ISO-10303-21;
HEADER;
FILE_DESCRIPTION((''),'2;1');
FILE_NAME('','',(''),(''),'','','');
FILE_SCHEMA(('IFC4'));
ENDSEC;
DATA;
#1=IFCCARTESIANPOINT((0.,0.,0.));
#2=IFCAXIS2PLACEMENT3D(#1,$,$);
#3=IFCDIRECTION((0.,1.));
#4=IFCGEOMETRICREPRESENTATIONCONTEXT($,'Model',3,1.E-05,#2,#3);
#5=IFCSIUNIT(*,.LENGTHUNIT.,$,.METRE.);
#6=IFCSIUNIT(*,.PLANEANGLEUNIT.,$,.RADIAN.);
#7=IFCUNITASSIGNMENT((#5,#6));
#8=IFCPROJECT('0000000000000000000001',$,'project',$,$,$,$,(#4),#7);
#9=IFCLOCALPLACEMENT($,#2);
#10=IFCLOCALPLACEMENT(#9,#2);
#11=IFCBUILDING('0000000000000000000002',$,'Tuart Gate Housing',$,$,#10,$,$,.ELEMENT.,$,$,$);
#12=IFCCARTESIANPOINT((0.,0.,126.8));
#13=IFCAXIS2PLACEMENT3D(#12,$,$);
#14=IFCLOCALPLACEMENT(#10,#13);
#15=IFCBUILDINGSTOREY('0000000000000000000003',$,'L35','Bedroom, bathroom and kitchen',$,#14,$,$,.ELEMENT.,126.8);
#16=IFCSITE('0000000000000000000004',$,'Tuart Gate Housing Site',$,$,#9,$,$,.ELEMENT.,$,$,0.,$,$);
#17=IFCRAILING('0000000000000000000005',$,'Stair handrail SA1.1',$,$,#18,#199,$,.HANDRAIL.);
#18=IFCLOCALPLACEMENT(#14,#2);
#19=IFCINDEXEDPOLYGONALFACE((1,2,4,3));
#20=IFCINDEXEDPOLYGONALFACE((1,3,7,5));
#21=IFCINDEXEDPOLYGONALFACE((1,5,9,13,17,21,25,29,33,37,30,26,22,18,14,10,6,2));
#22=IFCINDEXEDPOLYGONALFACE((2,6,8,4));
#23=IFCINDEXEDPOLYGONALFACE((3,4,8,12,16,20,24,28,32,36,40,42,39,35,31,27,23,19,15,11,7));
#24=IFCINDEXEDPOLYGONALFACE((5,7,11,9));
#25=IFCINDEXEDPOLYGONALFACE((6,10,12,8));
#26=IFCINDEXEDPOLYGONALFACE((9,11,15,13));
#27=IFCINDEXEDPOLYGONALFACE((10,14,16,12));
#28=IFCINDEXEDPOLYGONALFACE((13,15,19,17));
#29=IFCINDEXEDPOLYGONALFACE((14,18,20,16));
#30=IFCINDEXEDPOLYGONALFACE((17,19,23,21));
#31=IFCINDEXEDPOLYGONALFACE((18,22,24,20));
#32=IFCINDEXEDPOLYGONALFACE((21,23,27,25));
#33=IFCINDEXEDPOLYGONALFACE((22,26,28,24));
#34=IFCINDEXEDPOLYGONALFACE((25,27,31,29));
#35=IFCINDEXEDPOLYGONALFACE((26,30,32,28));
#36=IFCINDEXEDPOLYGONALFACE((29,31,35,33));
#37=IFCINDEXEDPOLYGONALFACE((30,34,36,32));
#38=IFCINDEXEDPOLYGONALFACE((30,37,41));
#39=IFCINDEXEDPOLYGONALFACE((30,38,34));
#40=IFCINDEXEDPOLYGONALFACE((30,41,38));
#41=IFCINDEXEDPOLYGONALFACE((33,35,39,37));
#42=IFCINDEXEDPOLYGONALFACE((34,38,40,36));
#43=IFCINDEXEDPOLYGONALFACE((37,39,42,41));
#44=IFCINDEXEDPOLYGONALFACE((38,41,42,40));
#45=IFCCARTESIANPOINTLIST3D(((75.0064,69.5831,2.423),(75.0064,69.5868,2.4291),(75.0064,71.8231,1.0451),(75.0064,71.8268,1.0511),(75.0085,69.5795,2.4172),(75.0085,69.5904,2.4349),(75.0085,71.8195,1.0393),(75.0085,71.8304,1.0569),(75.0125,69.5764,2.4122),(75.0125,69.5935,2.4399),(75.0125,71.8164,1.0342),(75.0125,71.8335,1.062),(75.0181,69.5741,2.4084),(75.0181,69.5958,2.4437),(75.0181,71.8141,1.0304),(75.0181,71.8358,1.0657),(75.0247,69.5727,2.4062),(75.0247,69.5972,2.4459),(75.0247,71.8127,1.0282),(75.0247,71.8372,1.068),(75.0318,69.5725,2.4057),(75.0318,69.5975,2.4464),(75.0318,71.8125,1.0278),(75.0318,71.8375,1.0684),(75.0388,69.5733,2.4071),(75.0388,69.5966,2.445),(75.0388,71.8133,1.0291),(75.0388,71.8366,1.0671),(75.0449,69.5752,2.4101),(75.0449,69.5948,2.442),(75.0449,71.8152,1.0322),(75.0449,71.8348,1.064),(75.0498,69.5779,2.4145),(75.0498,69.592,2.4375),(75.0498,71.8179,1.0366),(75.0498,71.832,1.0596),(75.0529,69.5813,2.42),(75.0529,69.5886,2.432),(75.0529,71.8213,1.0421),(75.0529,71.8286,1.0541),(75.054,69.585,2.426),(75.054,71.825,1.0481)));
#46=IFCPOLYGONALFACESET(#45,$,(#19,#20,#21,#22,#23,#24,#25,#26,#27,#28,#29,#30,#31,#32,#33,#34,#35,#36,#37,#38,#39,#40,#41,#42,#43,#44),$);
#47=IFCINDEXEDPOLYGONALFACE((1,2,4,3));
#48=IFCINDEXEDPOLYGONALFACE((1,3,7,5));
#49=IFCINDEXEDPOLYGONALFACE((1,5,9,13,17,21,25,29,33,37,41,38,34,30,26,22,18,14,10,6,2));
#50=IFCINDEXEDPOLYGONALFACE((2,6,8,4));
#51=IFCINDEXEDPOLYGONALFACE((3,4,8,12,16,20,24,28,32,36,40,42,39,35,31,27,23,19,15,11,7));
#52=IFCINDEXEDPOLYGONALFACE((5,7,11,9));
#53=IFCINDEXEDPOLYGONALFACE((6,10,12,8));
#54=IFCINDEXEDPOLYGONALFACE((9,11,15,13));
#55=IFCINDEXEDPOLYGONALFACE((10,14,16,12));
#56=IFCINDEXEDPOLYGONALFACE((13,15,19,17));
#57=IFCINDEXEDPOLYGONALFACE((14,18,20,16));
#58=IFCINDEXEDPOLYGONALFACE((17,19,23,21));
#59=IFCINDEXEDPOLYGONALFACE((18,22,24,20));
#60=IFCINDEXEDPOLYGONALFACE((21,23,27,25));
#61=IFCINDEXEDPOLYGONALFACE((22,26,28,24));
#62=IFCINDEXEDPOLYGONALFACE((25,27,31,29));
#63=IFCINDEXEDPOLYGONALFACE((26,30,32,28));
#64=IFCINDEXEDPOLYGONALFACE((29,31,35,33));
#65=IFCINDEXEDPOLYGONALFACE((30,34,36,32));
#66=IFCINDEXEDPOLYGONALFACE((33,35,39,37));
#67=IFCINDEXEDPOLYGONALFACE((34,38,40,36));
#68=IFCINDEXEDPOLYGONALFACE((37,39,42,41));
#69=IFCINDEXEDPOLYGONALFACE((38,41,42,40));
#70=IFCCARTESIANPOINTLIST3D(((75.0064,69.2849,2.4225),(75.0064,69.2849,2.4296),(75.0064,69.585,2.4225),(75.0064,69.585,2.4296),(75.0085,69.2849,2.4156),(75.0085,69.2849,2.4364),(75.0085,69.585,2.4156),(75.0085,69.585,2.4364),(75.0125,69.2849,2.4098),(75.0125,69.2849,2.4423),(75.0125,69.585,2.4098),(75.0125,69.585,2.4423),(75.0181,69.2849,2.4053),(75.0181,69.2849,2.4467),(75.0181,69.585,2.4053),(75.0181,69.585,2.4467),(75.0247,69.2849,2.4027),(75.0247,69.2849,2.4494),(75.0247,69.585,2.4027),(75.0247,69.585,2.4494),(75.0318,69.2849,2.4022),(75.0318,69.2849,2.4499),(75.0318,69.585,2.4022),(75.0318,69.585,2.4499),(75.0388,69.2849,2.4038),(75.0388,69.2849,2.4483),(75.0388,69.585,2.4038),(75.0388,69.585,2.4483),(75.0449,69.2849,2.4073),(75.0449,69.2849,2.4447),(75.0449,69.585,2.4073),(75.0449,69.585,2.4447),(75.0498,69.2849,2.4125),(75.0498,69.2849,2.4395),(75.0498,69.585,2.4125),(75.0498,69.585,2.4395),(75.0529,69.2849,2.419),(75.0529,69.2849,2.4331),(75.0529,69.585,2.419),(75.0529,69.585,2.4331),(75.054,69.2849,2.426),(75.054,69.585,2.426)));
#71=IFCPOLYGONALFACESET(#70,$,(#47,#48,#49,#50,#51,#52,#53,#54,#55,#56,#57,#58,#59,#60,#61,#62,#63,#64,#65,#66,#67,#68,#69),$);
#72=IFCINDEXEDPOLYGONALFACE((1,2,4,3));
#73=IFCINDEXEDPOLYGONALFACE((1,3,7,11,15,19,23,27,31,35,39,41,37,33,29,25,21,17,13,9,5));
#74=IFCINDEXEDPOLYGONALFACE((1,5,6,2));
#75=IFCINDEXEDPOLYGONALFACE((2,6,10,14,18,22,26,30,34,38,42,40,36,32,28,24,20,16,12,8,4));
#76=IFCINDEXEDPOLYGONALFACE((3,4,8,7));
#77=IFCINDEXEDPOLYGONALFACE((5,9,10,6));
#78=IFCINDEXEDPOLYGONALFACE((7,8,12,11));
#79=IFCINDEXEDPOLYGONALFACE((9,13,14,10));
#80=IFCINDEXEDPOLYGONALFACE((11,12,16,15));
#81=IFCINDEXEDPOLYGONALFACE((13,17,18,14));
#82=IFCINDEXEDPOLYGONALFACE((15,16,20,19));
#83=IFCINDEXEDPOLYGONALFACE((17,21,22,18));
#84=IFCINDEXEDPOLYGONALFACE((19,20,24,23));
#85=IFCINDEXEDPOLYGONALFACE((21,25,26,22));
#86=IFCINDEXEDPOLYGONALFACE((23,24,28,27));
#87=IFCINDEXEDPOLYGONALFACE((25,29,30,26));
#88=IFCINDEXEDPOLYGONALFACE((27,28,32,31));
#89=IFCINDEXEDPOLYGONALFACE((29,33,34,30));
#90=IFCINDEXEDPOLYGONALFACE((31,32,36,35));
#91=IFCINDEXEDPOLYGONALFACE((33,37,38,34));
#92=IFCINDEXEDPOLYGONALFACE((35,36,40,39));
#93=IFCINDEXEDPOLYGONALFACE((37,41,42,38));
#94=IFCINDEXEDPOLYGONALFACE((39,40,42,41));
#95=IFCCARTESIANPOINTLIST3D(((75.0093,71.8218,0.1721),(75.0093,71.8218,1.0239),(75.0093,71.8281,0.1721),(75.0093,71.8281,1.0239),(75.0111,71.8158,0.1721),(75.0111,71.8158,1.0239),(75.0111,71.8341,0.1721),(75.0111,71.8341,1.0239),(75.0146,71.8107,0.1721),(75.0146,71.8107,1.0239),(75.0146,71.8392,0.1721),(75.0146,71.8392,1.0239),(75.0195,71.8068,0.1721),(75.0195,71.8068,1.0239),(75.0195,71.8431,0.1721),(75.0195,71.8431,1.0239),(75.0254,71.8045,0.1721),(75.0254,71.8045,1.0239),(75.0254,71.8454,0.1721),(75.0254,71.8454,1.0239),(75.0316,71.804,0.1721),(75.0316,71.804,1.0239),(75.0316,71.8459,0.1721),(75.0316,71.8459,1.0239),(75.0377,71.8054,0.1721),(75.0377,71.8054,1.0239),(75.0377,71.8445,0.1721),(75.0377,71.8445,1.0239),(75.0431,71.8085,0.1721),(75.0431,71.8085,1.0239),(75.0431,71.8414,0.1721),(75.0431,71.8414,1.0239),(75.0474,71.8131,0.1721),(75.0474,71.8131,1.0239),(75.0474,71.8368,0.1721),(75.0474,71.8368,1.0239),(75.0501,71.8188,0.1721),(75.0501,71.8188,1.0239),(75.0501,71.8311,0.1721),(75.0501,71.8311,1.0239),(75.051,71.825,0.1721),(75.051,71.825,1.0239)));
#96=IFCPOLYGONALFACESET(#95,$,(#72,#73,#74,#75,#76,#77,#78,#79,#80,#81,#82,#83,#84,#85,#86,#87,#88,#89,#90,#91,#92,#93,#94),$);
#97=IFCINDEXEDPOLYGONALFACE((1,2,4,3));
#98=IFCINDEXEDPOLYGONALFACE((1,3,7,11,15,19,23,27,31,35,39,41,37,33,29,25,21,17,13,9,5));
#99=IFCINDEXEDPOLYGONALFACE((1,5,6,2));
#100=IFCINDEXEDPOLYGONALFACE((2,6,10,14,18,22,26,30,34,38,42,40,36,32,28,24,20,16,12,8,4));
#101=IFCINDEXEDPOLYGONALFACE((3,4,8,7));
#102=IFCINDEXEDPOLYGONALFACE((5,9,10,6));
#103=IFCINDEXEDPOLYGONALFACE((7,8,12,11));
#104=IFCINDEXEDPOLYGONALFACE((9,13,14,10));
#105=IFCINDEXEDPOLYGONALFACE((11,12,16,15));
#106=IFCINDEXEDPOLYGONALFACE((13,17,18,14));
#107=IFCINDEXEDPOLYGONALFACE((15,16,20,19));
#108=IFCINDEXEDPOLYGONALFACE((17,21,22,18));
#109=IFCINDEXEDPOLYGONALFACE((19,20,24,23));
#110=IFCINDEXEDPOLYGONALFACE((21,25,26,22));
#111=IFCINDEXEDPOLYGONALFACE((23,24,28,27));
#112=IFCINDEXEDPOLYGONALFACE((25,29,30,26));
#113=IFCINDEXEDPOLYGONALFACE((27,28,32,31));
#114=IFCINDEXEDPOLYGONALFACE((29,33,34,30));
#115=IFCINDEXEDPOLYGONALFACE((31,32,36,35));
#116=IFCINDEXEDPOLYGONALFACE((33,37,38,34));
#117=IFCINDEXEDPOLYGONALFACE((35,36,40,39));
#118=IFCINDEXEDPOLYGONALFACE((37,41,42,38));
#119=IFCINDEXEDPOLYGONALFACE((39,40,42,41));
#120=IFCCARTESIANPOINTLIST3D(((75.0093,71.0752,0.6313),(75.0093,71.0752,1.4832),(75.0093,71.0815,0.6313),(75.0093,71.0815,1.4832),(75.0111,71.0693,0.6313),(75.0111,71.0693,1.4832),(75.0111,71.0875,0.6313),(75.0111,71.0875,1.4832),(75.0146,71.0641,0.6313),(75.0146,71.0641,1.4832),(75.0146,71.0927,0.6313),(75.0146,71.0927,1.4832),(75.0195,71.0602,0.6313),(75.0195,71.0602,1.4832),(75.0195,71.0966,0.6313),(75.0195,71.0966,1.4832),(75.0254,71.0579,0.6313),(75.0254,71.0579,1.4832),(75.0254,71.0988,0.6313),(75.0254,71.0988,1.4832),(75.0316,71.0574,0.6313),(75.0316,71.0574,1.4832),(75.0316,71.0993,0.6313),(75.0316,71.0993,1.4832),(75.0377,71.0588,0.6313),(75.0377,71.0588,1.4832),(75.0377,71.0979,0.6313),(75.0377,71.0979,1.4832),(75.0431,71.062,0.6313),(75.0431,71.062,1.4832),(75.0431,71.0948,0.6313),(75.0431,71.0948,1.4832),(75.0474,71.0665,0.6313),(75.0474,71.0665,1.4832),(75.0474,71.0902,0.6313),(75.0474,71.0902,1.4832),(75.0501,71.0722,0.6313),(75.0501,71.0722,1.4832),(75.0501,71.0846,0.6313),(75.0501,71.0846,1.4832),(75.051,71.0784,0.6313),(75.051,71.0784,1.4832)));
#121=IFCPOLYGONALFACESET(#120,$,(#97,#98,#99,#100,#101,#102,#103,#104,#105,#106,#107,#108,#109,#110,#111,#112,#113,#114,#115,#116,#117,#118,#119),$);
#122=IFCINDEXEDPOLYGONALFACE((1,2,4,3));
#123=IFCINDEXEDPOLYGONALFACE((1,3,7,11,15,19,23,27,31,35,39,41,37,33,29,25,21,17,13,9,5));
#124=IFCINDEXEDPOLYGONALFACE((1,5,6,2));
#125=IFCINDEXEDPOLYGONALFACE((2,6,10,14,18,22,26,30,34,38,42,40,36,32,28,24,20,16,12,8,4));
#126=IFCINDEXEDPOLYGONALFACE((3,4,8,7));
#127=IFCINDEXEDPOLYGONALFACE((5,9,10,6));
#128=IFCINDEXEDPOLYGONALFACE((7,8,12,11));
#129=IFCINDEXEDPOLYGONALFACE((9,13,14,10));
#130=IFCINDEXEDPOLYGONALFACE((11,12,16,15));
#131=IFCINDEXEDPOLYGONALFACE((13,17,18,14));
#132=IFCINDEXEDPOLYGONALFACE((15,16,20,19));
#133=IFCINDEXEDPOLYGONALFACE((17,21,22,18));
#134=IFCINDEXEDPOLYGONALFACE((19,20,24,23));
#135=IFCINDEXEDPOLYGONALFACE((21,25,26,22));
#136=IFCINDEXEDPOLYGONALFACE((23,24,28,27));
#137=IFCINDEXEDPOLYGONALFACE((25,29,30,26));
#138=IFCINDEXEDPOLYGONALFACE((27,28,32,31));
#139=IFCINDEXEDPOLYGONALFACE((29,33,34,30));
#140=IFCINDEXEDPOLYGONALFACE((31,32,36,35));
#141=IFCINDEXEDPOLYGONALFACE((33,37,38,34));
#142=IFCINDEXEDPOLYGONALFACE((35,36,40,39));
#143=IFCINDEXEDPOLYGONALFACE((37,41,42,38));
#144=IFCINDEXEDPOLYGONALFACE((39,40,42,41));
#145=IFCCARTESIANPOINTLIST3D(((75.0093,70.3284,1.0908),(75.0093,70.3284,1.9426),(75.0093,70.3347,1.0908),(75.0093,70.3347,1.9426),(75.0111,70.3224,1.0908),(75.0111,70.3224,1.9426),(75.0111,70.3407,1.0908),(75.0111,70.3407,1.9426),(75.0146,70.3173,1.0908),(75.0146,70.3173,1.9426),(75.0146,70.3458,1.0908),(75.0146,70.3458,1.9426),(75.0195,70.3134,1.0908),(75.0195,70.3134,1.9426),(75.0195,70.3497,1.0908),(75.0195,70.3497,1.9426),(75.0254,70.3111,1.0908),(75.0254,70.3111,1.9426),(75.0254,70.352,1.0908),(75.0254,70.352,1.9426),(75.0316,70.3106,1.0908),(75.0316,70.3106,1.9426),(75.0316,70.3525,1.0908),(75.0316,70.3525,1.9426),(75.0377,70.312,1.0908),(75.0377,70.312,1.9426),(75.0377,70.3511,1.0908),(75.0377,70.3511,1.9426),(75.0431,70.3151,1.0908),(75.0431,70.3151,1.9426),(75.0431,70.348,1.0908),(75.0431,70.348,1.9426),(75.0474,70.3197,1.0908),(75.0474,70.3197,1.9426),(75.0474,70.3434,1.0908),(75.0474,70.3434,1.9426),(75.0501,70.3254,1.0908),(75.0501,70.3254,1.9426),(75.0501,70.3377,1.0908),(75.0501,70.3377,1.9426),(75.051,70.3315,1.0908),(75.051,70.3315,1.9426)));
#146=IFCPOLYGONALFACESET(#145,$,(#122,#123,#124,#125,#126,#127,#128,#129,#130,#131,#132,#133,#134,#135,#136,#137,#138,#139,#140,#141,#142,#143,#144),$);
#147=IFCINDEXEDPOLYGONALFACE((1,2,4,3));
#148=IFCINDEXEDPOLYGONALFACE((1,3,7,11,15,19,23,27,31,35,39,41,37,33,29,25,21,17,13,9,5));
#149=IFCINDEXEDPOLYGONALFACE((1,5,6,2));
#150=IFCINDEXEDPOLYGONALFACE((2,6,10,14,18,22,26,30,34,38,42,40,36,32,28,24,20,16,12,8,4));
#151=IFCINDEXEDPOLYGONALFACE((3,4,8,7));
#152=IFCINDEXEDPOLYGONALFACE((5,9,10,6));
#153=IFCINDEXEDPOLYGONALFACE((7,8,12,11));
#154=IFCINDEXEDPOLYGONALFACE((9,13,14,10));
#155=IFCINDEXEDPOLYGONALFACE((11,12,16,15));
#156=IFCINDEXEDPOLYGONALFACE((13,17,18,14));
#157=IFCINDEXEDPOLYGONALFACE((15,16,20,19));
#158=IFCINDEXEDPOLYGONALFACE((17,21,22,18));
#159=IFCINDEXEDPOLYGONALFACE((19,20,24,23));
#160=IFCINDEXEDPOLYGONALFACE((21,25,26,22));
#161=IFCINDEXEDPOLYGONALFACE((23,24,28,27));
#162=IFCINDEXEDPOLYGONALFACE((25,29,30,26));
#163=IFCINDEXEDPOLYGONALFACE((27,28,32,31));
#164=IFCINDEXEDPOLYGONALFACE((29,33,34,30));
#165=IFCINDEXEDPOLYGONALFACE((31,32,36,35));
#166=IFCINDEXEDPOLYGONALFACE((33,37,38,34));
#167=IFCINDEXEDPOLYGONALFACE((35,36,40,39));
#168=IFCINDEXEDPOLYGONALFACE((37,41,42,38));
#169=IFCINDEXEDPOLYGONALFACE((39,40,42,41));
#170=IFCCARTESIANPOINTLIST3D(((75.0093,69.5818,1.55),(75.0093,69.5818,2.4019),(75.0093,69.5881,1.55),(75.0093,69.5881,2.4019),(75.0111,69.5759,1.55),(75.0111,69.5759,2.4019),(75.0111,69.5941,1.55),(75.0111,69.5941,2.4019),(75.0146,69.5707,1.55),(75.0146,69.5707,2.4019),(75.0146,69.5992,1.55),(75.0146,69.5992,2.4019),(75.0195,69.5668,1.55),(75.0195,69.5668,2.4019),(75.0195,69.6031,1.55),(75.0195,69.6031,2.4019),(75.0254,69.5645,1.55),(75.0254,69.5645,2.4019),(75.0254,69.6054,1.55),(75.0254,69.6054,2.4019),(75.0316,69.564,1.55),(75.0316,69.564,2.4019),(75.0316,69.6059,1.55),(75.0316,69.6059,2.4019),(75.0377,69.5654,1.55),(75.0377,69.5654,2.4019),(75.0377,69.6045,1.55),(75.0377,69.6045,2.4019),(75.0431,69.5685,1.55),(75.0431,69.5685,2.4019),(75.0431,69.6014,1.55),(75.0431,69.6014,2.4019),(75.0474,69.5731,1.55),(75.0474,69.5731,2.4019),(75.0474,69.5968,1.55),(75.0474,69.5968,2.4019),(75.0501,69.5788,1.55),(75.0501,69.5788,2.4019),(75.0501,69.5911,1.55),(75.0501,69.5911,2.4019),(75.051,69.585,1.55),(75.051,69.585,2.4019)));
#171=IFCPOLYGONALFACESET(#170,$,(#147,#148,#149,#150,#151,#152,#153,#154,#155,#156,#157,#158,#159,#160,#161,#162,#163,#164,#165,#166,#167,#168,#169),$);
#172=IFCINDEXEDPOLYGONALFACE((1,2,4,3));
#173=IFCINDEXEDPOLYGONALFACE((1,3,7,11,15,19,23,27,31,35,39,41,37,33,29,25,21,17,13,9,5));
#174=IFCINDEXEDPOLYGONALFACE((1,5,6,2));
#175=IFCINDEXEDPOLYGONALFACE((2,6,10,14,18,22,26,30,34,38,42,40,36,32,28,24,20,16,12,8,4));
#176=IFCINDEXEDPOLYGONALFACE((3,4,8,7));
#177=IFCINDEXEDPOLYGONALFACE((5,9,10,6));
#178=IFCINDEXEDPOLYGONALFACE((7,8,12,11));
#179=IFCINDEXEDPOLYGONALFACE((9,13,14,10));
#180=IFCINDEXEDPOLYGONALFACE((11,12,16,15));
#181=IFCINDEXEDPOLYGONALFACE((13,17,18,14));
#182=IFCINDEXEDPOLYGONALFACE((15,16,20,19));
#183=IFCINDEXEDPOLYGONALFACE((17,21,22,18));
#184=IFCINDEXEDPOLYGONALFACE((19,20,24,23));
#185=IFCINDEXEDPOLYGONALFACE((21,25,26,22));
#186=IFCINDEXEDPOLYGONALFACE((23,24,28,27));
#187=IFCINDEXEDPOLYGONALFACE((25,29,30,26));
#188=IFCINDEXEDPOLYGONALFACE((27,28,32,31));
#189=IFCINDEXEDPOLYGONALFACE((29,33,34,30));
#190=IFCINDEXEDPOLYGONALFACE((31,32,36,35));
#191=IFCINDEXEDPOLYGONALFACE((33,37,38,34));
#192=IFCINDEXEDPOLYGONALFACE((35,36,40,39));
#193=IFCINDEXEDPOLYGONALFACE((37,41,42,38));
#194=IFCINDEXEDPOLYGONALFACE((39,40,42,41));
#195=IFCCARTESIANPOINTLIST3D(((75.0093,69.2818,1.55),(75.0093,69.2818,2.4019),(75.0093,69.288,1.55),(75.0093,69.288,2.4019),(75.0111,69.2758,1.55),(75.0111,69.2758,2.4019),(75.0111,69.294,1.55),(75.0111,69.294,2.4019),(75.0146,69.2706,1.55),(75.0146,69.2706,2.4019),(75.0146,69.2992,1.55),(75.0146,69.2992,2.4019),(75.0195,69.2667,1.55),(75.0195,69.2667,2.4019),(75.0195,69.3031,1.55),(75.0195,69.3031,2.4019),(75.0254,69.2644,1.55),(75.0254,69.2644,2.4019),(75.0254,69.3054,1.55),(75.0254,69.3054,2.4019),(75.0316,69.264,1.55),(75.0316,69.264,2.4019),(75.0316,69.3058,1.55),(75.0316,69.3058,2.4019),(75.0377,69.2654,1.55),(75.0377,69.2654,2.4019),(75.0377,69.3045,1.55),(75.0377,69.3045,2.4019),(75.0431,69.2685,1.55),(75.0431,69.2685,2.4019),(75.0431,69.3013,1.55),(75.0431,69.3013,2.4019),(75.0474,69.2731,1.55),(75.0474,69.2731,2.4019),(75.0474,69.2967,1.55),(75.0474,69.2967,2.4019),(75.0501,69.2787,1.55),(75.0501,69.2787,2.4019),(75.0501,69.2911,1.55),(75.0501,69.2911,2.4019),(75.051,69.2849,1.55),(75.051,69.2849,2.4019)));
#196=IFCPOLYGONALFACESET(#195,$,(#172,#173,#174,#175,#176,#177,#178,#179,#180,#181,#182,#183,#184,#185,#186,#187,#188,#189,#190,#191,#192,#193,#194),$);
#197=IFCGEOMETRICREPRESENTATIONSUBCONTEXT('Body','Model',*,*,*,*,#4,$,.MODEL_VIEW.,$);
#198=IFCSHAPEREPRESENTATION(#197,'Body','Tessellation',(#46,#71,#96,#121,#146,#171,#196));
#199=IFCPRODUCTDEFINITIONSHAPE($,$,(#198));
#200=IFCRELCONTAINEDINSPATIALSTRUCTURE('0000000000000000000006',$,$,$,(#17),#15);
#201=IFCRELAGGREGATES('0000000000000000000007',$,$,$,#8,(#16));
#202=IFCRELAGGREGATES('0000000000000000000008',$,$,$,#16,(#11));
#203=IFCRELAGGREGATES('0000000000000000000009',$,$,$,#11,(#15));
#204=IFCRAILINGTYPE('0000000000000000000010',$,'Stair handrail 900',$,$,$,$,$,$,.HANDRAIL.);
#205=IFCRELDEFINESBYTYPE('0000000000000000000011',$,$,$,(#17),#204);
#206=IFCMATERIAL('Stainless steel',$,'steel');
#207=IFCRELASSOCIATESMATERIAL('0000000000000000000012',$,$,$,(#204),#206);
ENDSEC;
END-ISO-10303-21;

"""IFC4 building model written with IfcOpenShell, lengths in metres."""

from ifc_helpers import new_model, si_unit, direction, frame, origin, origin_2d, place, context, subcontext, project, spatial, circle, extrude, material, type_object, element, save


model = new_model("IFC4")

# Units and contexts
model_context = context("Model", 3, precision=1e-05, world=origin(), true_north=direction((0.0, 1.0)))
body_context = subcontext(model_context, "Body", "Model", "MODEL_VIEW")
ifc_project = project(units=[si_unit("LENGTHUNIT", "METRE"), si_unit("PLANEANGLEUNIT", "RADIAN")], contexts=[model_context])

# Site, building, storey
site_placement = place(None, origin())
site = spatial("IfcSite", under=ifc_project, at=site_placement, Name="Tuart Gate Housing Site", CompositionType="ELEMENT", RefElevation=0.0)
building_placement = place(site_placement, origin())
building = spatial("IfcBuilding", under=site, at=building_placement, Name="Tuart Gate Housing", CompositionType="ELEMENT")
storey_placement = place(building_placement, frame((0.0, 0.0, 126.8)))
storey = spatial("IfcBuildingStorey", under=building, at=storey_placement, Name="L35", Description="Bedroom, bathroom and kitchen", CompositionType="ELEMENT", Elevation=126.8)

# Railing
ifc_material_1 = material(Name="Stainless steel", Category="steel")
railing_type = type_object("IfcRailingType", Name="Stair handrail 900", PredefinedType="HANDRAIL", material=ifc_material_1)
railing_placement = place(storey_placement, frame((75.03, 71.825, 0.1721)))
element("IfcRailing", 1, at=railing_placement, inside=storey, type_object=railing_type, Name="Stair handrail SA1.1", PredefinedType="HANDRAIL", context=body_context, shape_type="SweptSolid", body=[
    extrude(circle(Radius=0.0239, at=origin_2d()), frame((0.0, 0.0, 0.876), z_axis=(0.0, -0.851748, 0.523952), x_axis=(1.0, 0.0, 0.0)), (0.0, 0.0, 1.0), 2.6299),
    extrude(circle(Radius=0.0239, at=origin_2d()), frame((0.0, -2.24, 2.2539), z_axis=(0.0, -1.0, 0.0), x_axis=(1.0, 0.0, 0.0)), (0.0, 0.0, 1.0), 0.3),
    extrude(circle(Radius=0.021, at=origin_2d()), origin(), (0.0, 0.0, 1.0), 0.8518),
    extrude(circle(Radius=0.021, at=origin_2d()), frame((0.0, -0.7466, 0.4592)), (0.0, 0.0, 1.0), 0.8518),
    extrude(circle(Radius=0.021, at=origin_2d()), frame((0.0, -1.4934, 0.9187)), (0.0, 0.0, 1.0), 0.8518),
    extrude(circle(Radius=0.021, at=origin_2d()), frame((0.0, -2.24, 1.3779)), (0.0, 0.0, 1.0), 0.8518),
    extrude(circle(Radius=0.021, at=origin_2d()), frame((0.0, -2.54, 1.3779)), (0.0, 0.0, 1.0), 0.8518),
])

save(model, "model.ifc")
